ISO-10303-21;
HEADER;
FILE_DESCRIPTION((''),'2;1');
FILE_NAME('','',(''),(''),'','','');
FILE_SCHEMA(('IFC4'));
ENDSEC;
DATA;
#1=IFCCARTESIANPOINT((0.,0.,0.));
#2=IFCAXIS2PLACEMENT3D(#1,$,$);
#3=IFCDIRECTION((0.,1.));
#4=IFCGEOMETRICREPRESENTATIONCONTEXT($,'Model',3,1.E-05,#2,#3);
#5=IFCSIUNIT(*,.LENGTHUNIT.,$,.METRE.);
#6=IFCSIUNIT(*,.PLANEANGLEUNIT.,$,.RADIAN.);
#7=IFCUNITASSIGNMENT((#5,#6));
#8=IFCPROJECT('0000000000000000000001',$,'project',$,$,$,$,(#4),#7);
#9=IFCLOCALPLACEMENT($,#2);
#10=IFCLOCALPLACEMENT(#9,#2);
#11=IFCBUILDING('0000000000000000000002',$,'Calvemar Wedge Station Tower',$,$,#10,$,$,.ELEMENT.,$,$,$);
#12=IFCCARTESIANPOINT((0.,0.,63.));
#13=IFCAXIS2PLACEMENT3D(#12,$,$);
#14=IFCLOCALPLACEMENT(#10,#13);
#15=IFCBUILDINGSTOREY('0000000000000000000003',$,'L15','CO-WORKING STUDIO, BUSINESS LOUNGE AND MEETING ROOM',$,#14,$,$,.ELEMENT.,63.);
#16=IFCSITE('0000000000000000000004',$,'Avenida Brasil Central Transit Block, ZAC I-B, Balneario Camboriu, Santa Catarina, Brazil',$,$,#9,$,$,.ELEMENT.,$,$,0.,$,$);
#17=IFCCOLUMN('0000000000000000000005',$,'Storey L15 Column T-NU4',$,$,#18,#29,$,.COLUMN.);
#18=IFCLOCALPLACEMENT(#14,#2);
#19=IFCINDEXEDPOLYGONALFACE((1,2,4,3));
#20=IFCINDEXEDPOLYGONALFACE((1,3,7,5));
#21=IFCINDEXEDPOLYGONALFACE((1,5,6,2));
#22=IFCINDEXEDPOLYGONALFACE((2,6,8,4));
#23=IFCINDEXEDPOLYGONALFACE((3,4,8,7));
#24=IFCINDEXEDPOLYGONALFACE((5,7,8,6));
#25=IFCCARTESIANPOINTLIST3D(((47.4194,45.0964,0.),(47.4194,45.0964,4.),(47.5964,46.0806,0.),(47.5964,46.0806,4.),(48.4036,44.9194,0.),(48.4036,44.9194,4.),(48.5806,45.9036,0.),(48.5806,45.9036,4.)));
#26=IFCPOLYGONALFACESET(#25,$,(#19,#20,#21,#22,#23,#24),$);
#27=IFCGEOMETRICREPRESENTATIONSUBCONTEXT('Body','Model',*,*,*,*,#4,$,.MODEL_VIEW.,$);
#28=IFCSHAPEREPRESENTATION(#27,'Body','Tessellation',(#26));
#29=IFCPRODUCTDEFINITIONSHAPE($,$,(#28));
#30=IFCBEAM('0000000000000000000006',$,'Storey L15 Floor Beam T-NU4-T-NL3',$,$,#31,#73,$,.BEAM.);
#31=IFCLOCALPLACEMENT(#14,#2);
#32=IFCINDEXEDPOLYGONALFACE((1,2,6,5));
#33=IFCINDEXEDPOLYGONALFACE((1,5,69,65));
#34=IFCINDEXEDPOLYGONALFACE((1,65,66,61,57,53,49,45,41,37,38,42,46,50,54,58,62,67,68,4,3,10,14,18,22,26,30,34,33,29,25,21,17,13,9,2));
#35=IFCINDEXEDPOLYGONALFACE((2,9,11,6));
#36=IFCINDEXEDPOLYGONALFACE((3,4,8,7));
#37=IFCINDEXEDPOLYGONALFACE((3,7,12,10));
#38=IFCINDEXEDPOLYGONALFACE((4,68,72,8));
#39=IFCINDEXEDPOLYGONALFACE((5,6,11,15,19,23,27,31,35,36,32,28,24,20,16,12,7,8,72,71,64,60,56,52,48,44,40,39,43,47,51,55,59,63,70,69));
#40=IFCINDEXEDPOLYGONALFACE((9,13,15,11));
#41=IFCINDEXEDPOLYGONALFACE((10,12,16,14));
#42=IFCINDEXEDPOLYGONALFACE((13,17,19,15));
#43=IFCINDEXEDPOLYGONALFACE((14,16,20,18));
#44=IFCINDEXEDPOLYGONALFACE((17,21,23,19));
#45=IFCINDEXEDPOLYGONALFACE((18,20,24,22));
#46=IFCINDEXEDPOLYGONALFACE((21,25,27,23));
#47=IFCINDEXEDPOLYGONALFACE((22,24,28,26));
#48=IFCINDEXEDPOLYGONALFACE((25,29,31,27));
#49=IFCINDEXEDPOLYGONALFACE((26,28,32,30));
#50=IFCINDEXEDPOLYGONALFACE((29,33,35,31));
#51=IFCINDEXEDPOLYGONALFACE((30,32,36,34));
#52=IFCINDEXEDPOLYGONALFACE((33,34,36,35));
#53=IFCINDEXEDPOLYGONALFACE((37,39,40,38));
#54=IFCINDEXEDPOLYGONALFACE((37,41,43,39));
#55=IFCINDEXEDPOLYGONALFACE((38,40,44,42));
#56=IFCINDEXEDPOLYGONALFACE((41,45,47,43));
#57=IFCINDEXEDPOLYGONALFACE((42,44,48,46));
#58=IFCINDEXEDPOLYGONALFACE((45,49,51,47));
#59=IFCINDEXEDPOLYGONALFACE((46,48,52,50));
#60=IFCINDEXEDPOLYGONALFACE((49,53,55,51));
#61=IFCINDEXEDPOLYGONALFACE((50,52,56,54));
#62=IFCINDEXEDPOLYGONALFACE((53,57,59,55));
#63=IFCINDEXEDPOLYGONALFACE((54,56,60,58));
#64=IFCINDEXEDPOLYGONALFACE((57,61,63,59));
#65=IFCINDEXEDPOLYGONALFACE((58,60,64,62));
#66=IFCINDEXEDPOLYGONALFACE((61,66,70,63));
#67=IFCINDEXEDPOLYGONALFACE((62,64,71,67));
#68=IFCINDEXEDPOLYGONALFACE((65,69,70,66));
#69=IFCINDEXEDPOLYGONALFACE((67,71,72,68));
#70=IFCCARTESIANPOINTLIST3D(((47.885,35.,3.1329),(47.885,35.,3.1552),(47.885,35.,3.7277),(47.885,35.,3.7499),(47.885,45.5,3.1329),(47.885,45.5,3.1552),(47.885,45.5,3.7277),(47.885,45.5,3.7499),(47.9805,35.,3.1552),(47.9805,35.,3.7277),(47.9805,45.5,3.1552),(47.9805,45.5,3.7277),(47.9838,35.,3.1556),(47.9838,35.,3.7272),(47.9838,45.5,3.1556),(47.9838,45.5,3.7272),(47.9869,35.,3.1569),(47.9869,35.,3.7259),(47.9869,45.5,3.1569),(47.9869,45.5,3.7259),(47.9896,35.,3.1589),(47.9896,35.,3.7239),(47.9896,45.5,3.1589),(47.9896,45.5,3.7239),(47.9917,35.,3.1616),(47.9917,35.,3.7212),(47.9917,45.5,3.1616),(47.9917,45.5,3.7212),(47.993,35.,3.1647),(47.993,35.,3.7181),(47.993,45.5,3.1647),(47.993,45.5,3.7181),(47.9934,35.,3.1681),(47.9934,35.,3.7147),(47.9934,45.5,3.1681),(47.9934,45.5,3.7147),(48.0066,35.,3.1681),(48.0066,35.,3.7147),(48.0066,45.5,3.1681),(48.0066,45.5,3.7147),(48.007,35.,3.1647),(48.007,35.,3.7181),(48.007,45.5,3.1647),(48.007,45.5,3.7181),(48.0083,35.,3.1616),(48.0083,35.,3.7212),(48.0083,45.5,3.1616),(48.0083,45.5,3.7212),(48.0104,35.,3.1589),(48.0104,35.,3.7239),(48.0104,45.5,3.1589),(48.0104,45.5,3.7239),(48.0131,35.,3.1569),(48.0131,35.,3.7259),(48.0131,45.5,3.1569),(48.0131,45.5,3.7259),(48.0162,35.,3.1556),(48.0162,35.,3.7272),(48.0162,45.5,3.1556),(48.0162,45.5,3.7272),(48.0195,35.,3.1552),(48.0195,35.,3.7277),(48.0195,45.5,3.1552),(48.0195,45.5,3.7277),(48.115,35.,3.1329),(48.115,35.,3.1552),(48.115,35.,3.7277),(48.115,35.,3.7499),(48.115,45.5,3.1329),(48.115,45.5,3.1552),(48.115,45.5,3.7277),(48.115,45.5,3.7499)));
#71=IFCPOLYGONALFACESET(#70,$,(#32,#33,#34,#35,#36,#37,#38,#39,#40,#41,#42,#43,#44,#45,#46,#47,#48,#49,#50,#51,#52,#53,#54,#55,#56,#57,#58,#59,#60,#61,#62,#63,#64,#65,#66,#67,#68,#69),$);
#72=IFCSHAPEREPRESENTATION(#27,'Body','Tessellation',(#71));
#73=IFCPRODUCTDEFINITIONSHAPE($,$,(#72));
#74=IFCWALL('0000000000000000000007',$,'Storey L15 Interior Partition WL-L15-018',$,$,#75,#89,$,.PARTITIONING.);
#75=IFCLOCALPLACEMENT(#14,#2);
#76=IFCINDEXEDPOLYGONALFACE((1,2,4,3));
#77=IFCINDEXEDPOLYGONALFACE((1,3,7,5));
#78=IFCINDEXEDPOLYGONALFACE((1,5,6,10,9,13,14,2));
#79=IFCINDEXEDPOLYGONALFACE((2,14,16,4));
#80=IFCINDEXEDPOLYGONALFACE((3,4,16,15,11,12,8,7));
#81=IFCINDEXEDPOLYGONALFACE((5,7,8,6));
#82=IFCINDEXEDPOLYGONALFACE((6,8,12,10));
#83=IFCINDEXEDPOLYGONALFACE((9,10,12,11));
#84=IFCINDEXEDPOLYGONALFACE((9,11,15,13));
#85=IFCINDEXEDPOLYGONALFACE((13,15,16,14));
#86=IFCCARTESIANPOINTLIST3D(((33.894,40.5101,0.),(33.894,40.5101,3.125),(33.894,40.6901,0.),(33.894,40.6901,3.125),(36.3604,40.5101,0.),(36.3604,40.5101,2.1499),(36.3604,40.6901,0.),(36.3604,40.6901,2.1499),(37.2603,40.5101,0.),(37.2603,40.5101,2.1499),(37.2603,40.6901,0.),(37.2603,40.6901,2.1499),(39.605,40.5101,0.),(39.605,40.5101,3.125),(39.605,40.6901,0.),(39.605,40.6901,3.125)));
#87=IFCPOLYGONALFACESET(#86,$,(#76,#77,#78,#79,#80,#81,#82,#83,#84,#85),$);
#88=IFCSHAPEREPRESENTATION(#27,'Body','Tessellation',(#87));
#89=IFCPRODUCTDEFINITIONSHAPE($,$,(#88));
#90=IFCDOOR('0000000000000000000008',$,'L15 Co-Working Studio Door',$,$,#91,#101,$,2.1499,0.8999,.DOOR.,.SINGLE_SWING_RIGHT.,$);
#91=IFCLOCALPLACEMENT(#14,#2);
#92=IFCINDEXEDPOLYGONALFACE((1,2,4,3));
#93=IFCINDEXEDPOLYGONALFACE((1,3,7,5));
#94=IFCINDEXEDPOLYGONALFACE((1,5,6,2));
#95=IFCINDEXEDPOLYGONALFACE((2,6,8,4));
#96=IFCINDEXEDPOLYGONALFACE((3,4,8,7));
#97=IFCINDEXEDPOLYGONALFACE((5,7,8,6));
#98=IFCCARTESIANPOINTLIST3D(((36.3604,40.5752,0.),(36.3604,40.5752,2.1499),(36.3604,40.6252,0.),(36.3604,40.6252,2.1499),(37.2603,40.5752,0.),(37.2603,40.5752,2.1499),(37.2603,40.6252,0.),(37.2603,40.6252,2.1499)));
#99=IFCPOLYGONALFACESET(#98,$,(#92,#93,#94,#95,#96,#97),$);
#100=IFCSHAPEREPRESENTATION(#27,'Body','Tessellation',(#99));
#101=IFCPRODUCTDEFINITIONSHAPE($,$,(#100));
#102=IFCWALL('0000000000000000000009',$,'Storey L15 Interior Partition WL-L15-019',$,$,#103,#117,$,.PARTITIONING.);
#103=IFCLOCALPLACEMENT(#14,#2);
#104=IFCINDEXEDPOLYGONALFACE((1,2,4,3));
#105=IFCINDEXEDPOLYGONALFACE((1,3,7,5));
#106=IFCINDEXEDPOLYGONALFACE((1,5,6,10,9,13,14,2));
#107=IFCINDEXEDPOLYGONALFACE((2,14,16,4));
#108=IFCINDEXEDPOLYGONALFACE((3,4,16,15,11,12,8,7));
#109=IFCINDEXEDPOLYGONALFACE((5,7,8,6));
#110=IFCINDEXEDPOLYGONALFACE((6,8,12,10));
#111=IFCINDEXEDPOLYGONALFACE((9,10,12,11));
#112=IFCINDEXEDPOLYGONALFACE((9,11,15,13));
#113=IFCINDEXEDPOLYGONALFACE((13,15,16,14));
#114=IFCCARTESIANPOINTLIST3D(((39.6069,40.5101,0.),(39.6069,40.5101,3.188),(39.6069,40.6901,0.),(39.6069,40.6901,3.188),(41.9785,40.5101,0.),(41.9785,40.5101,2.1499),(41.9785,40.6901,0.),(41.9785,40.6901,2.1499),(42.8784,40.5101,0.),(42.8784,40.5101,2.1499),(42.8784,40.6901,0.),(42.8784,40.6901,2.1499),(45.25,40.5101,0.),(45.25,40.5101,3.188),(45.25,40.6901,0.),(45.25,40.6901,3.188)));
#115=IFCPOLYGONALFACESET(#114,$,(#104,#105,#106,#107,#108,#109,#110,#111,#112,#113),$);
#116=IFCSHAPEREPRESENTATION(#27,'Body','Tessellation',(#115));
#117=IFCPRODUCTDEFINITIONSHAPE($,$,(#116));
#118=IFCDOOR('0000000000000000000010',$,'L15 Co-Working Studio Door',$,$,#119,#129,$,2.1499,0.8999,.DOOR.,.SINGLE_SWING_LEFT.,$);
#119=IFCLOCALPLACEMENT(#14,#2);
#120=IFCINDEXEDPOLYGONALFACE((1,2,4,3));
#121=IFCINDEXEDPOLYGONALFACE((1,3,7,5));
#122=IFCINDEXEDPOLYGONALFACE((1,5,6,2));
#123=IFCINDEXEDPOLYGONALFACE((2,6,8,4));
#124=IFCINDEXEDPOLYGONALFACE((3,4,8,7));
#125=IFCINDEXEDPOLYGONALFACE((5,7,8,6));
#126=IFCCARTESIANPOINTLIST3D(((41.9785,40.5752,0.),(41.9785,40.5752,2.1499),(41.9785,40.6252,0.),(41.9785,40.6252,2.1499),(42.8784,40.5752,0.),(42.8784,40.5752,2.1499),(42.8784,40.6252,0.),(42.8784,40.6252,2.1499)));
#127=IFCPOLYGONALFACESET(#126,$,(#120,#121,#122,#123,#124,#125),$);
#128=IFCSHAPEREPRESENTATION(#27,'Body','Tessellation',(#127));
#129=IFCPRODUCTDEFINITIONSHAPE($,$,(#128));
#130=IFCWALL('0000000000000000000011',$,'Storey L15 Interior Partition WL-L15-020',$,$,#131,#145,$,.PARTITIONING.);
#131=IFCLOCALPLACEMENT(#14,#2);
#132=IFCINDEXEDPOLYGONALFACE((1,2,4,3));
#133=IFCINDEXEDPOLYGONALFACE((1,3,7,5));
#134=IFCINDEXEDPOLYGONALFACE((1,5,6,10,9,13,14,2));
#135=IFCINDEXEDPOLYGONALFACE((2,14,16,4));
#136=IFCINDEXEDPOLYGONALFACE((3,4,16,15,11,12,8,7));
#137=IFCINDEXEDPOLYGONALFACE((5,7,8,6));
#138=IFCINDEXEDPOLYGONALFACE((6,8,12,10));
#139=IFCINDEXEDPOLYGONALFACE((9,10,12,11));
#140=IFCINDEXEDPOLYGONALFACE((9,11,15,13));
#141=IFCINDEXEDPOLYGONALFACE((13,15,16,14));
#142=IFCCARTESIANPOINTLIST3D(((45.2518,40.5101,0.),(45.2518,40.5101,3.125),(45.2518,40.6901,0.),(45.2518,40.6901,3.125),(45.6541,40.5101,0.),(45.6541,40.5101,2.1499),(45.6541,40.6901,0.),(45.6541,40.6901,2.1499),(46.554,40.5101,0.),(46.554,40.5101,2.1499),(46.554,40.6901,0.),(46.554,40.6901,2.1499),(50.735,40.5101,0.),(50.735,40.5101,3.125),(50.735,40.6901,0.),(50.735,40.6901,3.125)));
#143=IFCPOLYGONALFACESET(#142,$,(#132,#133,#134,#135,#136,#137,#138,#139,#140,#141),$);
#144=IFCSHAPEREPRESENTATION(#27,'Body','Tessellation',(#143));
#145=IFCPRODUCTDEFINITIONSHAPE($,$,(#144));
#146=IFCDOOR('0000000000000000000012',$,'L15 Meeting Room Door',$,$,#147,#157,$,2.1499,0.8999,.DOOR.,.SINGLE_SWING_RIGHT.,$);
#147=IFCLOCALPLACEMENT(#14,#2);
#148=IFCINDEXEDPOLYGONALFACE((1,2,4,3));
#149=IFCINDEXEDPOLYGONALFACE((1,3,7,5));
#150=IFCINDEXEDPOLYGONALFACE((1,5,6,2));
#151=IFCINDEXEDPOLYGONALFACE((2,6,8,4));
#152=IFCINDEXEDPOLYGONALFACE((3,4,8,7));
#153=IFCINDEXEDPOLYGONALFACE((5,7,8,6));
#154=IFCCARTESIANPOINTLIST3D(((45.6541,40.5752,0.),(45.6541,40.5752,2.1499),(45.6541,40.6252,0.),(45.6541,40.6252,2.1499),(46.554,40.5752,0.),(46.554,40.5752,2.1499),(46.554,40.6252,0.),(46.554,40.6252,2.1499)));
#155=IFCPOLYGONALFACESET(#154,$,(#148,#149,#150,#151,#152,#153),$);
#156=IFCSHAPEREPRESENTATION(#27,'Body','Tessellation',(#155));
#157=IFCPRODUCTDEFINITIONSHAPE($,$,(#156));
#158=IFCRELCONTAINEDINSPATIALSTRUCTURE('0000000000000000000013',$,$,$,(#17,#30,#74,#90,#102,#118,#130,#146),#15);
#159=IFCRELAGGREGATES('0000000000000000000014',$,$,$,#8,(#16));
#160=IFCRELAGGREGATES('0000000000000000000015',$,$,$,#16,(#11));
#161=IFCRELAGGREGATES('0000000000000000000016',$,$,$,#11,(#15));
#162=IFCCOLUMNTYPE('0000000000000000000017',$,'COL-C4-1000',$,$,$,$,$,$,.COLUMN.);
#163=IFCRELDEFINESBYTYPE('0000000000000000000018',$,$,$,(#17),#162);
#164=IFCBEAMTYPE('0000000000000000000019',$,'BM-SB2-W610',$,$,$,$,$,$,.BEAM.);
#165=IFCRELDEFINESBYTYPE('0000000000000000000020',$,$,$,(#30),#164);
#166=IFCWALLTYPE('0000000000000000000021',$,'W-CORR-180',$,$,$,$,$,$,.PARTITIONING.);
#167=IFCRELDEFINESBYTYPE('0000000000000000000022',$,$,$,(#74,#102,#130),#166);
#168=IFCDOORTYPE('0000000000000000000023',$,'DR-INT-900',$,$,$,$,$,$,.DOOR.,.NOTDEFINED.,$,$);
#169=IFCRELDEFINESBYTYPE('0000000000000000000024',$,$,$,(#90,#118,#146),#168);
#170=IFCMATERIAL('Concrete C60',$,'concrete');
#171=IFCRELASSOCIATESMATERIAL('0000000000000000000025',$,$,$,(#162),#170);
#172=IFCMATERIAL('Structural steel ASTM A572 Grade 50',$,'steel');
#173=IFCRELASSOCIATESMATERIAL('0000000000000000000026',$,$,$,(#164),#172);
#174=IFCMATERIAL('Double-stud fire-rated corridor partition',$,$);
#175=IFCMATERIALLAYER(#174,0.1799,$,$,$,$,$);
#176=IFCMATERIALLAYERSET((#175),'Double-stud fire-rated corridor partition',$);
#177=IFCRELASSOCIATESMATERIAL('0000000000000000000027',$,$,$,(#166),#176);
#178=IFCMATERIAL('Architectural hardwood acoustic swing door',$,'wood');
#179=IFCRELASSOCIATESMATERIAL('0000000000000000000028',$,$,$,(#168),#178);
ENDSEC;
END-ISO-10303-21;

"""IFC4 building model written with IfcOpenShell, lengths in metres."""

from ifc_helpers import new_model, si_unit, direction, frame, frame_2d, origin, origin_2d, place, context, subcontext, project, spatial, rectangle, i_section, extrude, source, transform, mapped, material, layer, layer_set, material_profile, profile_set, type_object, element, fill, save


model = new_model("IFC4")

# Units and contexts
model_context = context("Model", 3, precision=1e-05, world=origin(), true_north=direction((0.0, 1.0)))
body_context = subcontext(model_context, "Body", "Model", "MODEL_VIEW")
ifc_project = project(units=[si_unit("LENGTHUNIT", "METRE"), si_unit("PLANEANGLEUNIT", "RADIAN")], contexts=[model_context])

# Site, building, storey
site_placement = place(None, origin())
site = spatial("IfcSite", under=ifc_project, at=site_placement, Name="Avenida Brasil Central Transit Block, ZAC I-B, Balneario Camboriu, Santa Catarina, Brazil", CompositionType="ELEMENT", RefElevation=0.0)
building_placement = place(site_placement, origin())
building = spatial("IfcBuilding", under=site, at=building_placement, Name="Calvemar Wedge Station Tower", CompositionType="ELEMENT")
storey_placement = place(building_placement, frame((0.0, 0.0, 63.0)))
storey = spatial("IfcBuildingStorey", under=building, at=storey_placement, Name="L15", Description="CO-WORKING STUDIO, BUSINESS LOUNGE AND MEETING ROOM", CompositionType="ELEMENT", Elevation=63.0)

# Column
ifc_material_1 = material(Name="Concrete C60", Category="concrete")
ifc_material_profile_1 = material_profile(ifc_material_1, rectangle(XDim=1.0, YDim=1.0, at=origin_2d()), Name="RC1000x1000")
ifc_profile_set_1 = profile_set([ifc_material_profile_1], Name="Concrete C60")
column_type = type_object("IfcColumnType", Name="COL-C4-1000", PredefinedType="COLUMN", material=ifc_profile_set_1)
shared_shape_1 = source(origin(), body_context, "Body", "SweptSolid", [
    extrude(rectangle(XDim=1.0, YDim=1.0, at=origin_2d()), origin(), (0.0, 0.0, 1.0), 4.0),
])
column_placement = place(storey_placement, frame((48.0, 45.5, 0.0), z_axis=(0.0, 0.0, 1.0), x_axis=(0.984196, -0.177085, 0.0)))
element("IfcColumn", 1, at=column_placement, inside=storey, type_object=column_type, Name="Storey L15 Column T-NU4", PredefinedType="COLUMN", context=body_context, shape_type="MappedRepresentation", body=[
    mapped(shared_shape_1, transform((0.0, 0.0, 0.0), scale=1.0)),
])

# Beam
ifc_material_2 = material(Name="Structural steel ASTM A572 Grade 50", Category="steel")
ifc_material_profile_2 = material_profile(ifc_material_2, i_section(OverallWidth=0.23, OverallDepth=0.6169, WebThickness=0.0132, FlangeThickness=0.0222, FilletRadius=0.0129, at=origin_2d()), Name="W610x140")
ifc_profile_set_2 = profile_set([ifc_material_profile_2], Name="Structural steel ASTM A572 Grade 50")
beam_type = type_object("IfcBeamType", Name="BM-SB2-W610", PredefinedType="BEAM", material=ifc_profile_set_2)
shared_shape_2 = source(origin(), body_context, "Body", "SweptSolid", [
    extrude(i_section(OverallWidth=0.23, OverallDepth=0.6169, WebThickness=0.0132, FlangeThickness=0.0222, FilletRadius=0.0129, at=origin_2d()), origin(), (0.0, 0.0, 1.0), 10.5),
])
beam_placement = place(storey_placement, frame((48.0, 45.5, 3.4414), z_axis=(0.0, -1.0, 0.0), x_axis=(1.0, 0.0, 0.0)))
element("IfcBeam", 2, at=beam_placement, inside=storey, type_object=beam_type, Name="Storey L15 Floor Beam T-NU4-T-NL3", PredefinedType="BEAM", context=body_context, shape_type="MappedRepresentation", body=[
    mapped(shared_shape_2, transform((0.0, 0.0, 0.0), scale=1.0)),
])

# Walls, openings, doors
ifc_material_3 = material(Name="Double-stud fire-rated corridor partition")
ifc_layer_1 = layer(ifc_material_3, 0.1799)
ifc_layer_set_1 = layer_set([ifc_layer_1], Name="Double-stud fire-rated corridor partition")
wall_type_1 = type_object("IfcWallType", Name="W-CORR-180", PredefinedType="PARTITIONING", material=ifc_layer_set_1)
wall_1_placement = place(storey_placement, frame((39.605, 40.6001, 0.0), z_axis=(0.0, 0.0, 1.0), x_axis=(-1.0, 0.0, 0.0)))
wall_1 = element("IfcWall", 3, at=wall_1_placement, inside=storey, type_object=wall_type_1, Name="Storey L15 Interior Partition WL-L15-018", PredefinedType="PARTITIONING", context=body_context, shape_type="SweptSolid", body=[
    extrude(rectangle(XDim=5.7109, YDim=0.1799, at=frame_2d((2.8555, 0.0))), origin(), (0.0, 0.0, 1.0), 3.125),
])
shared_shape_3 = source(origin(), body_context, "Body", "SweptSolid", [
    extrude(rectangle(XDim=0.8999, YDim=2.1499, at=frame_2d((0.45, 1.075))), frame((0.0, 0.1001, 0.0), z_axis=(0.0, -1.0, 0.0), x_axis=(1.0, 0.0, 0.0)), (0.0, 0.0, 1.0), 0.2),
])
opening_1_placement = place(wall_1_placement, frame((2.3447, 0.0, 0.0)))
opening_1 = element("IfcOpeningElement", 4, at=opening_1_placement, cuts=wall_1, PredefinedType="OPENING", context=body_context, shape_type="MappedRepresentation", body=[
    mapped(shared_shape_3, transform((0.0, 0.0, 0.0), scale=1.0)),
])
ifc_material_4 = material(Name="Architectural hardwood acoustic swing door", Category="wood")
door_type = type_object("IfcDoorType", Name="DR-INT-900", OperationType="NOTDEFINED", PredefinedType="DOOR", material=ifc_material_4)
shared_shape_4 = source(origin(), body_context, "Body", "SweptSolid", [
    extrude(rectangle(XDim=0.8999, YDim=2.1499, at=frame_2d((0.45, 1.075))), frame((0.0, 0.0249, 0.0), z_axis=(0.0, -1.0, 0.0), x_axis=(1.0, 0.0, 0.0)), (0.0, 0.0, 1.0), 0.05),
])
door_1_placement = place(opening_1_placement, origin())
door_1 = element("IfcDoor", 5, at=door_1_placement, inside=storey, type_object=door_type, Name="L15 Co-Working Studio Door", OperationType="SINGLE_SWING_RIGHT", OverallHeight=2.1499, OverallWidth=0.8999, PredefinedType="DOOR", context=body_context, shape_type="MappedRepresentation", body=[
    mapped(shared_shape_4, transform((0.0, 0.0, 0.0), scale=1.0)),
])
fill(opening_1, door_1)
wall_2_placement = place(storey_placement, frame((45.25, 40.6001, 0.0), z_axis=(0.0, 0.0, 1.0), x_axis=(-1.0, 0.0, 0.0)))
wall_2 = element("IfcWall", 6, at=wall_2_placement, inside=storey, type_object=wall_type_1, Name="Storey L15 Interior Partition WL-L15-019", PredefinedType="PARTITIONING", context=body_context, shape_type="SweptSolid", body=[
    extrude(rectangle(XDim=5.6431, YDim=0.1799, at=frame_2d((2.8215, 0.0))), origin(), (0.0, 0.0, 1.0), 3.188),
])
opening_2_placement = place(wall_2_placement, frame((2.3716, 0.0, 0.0)))
opening_2 = element("IfcOpeningElement", 7, at=opening_2_placement, cuts=wall_2, PredefinedType="OPENING", context=body_context, shape_type="MappedRepresentation", body=[
    mapped(shared_shape_3, transform((0.0, 0.0, 0.0), scale=1.0)),
])
door_2_placement = place(opening_2_placement, origin())
door_2 = element("IfcDoor", 8, at=door_2_placement, inside=storey, type_object=door_type, Name="L15 Co-Working Studio Door", OperationType="SINGLE_SWING_LEFT", OverallHeight=2.1499, OverallWidth=0.8999, PredefinedType="DOOR", context=body_context, shape_type="MappedRepresentation", body=[
    mapped(shared_shape_4, transform((0.0, 0.0, 0.0), scale=1.0)),
])
fill(opening_2, door_2)
wall_3_placement = place(storey_placement, frame((50.7351, 40.6001, 0.0), z_axis=(0.0, 0.0, 1.0), x_axis=(-1.0, 0.0, 0.0)))
wall_3 = element("IfcWall", 9, at=wall_3_placement, inside=storey, type_object=wall_type_1, Name="Storey L15 Interior Partition WL-L15-020", PredefinedType="PARTITIONING", context=body_context, shape_type="SweptSolid", body=[
    extrude(rectangle(XDim=5.4832, YDim=0.1799, at=frame_2d((2.7417, 0.0))), origin(), (0.0, 0.0, 1.0), 3.125),
])
opening_3_placement = place(wall_3_placement, frame((4.1812, 0.0, 0.0)))
opening_3 = element("IfcOpeningElement", 10, at=opening_3_placement, cuts=wall_3, PredefinedType="OPENING", context=body_context, shape_type="MappedRepresentation", body=[
    mapped(shared_shape_3, transform((0.0, 0.0, 0.0), scale=1.0)),
])
door_3_placement = place(opening_3_placement, origin())
door_3 = element("IfcDoor", 11, at=door_3_placement, inside=storey, type_object=door_type, Name="L15 Meeting Room Door", OperationType="SINGLE_SWING_RIGHT", OverallHeight=2.1499, OverallWidth=0.8999, PredefinedType="DOOR", context=body_context, shape_type="MappedRepresentation", body=[
    mapped(shared_shape_4, transform((0.0, 0.0, 0.0), scale=1.0)),
])
fill(opening_3, door_3)

save(model, "model.ifc")
